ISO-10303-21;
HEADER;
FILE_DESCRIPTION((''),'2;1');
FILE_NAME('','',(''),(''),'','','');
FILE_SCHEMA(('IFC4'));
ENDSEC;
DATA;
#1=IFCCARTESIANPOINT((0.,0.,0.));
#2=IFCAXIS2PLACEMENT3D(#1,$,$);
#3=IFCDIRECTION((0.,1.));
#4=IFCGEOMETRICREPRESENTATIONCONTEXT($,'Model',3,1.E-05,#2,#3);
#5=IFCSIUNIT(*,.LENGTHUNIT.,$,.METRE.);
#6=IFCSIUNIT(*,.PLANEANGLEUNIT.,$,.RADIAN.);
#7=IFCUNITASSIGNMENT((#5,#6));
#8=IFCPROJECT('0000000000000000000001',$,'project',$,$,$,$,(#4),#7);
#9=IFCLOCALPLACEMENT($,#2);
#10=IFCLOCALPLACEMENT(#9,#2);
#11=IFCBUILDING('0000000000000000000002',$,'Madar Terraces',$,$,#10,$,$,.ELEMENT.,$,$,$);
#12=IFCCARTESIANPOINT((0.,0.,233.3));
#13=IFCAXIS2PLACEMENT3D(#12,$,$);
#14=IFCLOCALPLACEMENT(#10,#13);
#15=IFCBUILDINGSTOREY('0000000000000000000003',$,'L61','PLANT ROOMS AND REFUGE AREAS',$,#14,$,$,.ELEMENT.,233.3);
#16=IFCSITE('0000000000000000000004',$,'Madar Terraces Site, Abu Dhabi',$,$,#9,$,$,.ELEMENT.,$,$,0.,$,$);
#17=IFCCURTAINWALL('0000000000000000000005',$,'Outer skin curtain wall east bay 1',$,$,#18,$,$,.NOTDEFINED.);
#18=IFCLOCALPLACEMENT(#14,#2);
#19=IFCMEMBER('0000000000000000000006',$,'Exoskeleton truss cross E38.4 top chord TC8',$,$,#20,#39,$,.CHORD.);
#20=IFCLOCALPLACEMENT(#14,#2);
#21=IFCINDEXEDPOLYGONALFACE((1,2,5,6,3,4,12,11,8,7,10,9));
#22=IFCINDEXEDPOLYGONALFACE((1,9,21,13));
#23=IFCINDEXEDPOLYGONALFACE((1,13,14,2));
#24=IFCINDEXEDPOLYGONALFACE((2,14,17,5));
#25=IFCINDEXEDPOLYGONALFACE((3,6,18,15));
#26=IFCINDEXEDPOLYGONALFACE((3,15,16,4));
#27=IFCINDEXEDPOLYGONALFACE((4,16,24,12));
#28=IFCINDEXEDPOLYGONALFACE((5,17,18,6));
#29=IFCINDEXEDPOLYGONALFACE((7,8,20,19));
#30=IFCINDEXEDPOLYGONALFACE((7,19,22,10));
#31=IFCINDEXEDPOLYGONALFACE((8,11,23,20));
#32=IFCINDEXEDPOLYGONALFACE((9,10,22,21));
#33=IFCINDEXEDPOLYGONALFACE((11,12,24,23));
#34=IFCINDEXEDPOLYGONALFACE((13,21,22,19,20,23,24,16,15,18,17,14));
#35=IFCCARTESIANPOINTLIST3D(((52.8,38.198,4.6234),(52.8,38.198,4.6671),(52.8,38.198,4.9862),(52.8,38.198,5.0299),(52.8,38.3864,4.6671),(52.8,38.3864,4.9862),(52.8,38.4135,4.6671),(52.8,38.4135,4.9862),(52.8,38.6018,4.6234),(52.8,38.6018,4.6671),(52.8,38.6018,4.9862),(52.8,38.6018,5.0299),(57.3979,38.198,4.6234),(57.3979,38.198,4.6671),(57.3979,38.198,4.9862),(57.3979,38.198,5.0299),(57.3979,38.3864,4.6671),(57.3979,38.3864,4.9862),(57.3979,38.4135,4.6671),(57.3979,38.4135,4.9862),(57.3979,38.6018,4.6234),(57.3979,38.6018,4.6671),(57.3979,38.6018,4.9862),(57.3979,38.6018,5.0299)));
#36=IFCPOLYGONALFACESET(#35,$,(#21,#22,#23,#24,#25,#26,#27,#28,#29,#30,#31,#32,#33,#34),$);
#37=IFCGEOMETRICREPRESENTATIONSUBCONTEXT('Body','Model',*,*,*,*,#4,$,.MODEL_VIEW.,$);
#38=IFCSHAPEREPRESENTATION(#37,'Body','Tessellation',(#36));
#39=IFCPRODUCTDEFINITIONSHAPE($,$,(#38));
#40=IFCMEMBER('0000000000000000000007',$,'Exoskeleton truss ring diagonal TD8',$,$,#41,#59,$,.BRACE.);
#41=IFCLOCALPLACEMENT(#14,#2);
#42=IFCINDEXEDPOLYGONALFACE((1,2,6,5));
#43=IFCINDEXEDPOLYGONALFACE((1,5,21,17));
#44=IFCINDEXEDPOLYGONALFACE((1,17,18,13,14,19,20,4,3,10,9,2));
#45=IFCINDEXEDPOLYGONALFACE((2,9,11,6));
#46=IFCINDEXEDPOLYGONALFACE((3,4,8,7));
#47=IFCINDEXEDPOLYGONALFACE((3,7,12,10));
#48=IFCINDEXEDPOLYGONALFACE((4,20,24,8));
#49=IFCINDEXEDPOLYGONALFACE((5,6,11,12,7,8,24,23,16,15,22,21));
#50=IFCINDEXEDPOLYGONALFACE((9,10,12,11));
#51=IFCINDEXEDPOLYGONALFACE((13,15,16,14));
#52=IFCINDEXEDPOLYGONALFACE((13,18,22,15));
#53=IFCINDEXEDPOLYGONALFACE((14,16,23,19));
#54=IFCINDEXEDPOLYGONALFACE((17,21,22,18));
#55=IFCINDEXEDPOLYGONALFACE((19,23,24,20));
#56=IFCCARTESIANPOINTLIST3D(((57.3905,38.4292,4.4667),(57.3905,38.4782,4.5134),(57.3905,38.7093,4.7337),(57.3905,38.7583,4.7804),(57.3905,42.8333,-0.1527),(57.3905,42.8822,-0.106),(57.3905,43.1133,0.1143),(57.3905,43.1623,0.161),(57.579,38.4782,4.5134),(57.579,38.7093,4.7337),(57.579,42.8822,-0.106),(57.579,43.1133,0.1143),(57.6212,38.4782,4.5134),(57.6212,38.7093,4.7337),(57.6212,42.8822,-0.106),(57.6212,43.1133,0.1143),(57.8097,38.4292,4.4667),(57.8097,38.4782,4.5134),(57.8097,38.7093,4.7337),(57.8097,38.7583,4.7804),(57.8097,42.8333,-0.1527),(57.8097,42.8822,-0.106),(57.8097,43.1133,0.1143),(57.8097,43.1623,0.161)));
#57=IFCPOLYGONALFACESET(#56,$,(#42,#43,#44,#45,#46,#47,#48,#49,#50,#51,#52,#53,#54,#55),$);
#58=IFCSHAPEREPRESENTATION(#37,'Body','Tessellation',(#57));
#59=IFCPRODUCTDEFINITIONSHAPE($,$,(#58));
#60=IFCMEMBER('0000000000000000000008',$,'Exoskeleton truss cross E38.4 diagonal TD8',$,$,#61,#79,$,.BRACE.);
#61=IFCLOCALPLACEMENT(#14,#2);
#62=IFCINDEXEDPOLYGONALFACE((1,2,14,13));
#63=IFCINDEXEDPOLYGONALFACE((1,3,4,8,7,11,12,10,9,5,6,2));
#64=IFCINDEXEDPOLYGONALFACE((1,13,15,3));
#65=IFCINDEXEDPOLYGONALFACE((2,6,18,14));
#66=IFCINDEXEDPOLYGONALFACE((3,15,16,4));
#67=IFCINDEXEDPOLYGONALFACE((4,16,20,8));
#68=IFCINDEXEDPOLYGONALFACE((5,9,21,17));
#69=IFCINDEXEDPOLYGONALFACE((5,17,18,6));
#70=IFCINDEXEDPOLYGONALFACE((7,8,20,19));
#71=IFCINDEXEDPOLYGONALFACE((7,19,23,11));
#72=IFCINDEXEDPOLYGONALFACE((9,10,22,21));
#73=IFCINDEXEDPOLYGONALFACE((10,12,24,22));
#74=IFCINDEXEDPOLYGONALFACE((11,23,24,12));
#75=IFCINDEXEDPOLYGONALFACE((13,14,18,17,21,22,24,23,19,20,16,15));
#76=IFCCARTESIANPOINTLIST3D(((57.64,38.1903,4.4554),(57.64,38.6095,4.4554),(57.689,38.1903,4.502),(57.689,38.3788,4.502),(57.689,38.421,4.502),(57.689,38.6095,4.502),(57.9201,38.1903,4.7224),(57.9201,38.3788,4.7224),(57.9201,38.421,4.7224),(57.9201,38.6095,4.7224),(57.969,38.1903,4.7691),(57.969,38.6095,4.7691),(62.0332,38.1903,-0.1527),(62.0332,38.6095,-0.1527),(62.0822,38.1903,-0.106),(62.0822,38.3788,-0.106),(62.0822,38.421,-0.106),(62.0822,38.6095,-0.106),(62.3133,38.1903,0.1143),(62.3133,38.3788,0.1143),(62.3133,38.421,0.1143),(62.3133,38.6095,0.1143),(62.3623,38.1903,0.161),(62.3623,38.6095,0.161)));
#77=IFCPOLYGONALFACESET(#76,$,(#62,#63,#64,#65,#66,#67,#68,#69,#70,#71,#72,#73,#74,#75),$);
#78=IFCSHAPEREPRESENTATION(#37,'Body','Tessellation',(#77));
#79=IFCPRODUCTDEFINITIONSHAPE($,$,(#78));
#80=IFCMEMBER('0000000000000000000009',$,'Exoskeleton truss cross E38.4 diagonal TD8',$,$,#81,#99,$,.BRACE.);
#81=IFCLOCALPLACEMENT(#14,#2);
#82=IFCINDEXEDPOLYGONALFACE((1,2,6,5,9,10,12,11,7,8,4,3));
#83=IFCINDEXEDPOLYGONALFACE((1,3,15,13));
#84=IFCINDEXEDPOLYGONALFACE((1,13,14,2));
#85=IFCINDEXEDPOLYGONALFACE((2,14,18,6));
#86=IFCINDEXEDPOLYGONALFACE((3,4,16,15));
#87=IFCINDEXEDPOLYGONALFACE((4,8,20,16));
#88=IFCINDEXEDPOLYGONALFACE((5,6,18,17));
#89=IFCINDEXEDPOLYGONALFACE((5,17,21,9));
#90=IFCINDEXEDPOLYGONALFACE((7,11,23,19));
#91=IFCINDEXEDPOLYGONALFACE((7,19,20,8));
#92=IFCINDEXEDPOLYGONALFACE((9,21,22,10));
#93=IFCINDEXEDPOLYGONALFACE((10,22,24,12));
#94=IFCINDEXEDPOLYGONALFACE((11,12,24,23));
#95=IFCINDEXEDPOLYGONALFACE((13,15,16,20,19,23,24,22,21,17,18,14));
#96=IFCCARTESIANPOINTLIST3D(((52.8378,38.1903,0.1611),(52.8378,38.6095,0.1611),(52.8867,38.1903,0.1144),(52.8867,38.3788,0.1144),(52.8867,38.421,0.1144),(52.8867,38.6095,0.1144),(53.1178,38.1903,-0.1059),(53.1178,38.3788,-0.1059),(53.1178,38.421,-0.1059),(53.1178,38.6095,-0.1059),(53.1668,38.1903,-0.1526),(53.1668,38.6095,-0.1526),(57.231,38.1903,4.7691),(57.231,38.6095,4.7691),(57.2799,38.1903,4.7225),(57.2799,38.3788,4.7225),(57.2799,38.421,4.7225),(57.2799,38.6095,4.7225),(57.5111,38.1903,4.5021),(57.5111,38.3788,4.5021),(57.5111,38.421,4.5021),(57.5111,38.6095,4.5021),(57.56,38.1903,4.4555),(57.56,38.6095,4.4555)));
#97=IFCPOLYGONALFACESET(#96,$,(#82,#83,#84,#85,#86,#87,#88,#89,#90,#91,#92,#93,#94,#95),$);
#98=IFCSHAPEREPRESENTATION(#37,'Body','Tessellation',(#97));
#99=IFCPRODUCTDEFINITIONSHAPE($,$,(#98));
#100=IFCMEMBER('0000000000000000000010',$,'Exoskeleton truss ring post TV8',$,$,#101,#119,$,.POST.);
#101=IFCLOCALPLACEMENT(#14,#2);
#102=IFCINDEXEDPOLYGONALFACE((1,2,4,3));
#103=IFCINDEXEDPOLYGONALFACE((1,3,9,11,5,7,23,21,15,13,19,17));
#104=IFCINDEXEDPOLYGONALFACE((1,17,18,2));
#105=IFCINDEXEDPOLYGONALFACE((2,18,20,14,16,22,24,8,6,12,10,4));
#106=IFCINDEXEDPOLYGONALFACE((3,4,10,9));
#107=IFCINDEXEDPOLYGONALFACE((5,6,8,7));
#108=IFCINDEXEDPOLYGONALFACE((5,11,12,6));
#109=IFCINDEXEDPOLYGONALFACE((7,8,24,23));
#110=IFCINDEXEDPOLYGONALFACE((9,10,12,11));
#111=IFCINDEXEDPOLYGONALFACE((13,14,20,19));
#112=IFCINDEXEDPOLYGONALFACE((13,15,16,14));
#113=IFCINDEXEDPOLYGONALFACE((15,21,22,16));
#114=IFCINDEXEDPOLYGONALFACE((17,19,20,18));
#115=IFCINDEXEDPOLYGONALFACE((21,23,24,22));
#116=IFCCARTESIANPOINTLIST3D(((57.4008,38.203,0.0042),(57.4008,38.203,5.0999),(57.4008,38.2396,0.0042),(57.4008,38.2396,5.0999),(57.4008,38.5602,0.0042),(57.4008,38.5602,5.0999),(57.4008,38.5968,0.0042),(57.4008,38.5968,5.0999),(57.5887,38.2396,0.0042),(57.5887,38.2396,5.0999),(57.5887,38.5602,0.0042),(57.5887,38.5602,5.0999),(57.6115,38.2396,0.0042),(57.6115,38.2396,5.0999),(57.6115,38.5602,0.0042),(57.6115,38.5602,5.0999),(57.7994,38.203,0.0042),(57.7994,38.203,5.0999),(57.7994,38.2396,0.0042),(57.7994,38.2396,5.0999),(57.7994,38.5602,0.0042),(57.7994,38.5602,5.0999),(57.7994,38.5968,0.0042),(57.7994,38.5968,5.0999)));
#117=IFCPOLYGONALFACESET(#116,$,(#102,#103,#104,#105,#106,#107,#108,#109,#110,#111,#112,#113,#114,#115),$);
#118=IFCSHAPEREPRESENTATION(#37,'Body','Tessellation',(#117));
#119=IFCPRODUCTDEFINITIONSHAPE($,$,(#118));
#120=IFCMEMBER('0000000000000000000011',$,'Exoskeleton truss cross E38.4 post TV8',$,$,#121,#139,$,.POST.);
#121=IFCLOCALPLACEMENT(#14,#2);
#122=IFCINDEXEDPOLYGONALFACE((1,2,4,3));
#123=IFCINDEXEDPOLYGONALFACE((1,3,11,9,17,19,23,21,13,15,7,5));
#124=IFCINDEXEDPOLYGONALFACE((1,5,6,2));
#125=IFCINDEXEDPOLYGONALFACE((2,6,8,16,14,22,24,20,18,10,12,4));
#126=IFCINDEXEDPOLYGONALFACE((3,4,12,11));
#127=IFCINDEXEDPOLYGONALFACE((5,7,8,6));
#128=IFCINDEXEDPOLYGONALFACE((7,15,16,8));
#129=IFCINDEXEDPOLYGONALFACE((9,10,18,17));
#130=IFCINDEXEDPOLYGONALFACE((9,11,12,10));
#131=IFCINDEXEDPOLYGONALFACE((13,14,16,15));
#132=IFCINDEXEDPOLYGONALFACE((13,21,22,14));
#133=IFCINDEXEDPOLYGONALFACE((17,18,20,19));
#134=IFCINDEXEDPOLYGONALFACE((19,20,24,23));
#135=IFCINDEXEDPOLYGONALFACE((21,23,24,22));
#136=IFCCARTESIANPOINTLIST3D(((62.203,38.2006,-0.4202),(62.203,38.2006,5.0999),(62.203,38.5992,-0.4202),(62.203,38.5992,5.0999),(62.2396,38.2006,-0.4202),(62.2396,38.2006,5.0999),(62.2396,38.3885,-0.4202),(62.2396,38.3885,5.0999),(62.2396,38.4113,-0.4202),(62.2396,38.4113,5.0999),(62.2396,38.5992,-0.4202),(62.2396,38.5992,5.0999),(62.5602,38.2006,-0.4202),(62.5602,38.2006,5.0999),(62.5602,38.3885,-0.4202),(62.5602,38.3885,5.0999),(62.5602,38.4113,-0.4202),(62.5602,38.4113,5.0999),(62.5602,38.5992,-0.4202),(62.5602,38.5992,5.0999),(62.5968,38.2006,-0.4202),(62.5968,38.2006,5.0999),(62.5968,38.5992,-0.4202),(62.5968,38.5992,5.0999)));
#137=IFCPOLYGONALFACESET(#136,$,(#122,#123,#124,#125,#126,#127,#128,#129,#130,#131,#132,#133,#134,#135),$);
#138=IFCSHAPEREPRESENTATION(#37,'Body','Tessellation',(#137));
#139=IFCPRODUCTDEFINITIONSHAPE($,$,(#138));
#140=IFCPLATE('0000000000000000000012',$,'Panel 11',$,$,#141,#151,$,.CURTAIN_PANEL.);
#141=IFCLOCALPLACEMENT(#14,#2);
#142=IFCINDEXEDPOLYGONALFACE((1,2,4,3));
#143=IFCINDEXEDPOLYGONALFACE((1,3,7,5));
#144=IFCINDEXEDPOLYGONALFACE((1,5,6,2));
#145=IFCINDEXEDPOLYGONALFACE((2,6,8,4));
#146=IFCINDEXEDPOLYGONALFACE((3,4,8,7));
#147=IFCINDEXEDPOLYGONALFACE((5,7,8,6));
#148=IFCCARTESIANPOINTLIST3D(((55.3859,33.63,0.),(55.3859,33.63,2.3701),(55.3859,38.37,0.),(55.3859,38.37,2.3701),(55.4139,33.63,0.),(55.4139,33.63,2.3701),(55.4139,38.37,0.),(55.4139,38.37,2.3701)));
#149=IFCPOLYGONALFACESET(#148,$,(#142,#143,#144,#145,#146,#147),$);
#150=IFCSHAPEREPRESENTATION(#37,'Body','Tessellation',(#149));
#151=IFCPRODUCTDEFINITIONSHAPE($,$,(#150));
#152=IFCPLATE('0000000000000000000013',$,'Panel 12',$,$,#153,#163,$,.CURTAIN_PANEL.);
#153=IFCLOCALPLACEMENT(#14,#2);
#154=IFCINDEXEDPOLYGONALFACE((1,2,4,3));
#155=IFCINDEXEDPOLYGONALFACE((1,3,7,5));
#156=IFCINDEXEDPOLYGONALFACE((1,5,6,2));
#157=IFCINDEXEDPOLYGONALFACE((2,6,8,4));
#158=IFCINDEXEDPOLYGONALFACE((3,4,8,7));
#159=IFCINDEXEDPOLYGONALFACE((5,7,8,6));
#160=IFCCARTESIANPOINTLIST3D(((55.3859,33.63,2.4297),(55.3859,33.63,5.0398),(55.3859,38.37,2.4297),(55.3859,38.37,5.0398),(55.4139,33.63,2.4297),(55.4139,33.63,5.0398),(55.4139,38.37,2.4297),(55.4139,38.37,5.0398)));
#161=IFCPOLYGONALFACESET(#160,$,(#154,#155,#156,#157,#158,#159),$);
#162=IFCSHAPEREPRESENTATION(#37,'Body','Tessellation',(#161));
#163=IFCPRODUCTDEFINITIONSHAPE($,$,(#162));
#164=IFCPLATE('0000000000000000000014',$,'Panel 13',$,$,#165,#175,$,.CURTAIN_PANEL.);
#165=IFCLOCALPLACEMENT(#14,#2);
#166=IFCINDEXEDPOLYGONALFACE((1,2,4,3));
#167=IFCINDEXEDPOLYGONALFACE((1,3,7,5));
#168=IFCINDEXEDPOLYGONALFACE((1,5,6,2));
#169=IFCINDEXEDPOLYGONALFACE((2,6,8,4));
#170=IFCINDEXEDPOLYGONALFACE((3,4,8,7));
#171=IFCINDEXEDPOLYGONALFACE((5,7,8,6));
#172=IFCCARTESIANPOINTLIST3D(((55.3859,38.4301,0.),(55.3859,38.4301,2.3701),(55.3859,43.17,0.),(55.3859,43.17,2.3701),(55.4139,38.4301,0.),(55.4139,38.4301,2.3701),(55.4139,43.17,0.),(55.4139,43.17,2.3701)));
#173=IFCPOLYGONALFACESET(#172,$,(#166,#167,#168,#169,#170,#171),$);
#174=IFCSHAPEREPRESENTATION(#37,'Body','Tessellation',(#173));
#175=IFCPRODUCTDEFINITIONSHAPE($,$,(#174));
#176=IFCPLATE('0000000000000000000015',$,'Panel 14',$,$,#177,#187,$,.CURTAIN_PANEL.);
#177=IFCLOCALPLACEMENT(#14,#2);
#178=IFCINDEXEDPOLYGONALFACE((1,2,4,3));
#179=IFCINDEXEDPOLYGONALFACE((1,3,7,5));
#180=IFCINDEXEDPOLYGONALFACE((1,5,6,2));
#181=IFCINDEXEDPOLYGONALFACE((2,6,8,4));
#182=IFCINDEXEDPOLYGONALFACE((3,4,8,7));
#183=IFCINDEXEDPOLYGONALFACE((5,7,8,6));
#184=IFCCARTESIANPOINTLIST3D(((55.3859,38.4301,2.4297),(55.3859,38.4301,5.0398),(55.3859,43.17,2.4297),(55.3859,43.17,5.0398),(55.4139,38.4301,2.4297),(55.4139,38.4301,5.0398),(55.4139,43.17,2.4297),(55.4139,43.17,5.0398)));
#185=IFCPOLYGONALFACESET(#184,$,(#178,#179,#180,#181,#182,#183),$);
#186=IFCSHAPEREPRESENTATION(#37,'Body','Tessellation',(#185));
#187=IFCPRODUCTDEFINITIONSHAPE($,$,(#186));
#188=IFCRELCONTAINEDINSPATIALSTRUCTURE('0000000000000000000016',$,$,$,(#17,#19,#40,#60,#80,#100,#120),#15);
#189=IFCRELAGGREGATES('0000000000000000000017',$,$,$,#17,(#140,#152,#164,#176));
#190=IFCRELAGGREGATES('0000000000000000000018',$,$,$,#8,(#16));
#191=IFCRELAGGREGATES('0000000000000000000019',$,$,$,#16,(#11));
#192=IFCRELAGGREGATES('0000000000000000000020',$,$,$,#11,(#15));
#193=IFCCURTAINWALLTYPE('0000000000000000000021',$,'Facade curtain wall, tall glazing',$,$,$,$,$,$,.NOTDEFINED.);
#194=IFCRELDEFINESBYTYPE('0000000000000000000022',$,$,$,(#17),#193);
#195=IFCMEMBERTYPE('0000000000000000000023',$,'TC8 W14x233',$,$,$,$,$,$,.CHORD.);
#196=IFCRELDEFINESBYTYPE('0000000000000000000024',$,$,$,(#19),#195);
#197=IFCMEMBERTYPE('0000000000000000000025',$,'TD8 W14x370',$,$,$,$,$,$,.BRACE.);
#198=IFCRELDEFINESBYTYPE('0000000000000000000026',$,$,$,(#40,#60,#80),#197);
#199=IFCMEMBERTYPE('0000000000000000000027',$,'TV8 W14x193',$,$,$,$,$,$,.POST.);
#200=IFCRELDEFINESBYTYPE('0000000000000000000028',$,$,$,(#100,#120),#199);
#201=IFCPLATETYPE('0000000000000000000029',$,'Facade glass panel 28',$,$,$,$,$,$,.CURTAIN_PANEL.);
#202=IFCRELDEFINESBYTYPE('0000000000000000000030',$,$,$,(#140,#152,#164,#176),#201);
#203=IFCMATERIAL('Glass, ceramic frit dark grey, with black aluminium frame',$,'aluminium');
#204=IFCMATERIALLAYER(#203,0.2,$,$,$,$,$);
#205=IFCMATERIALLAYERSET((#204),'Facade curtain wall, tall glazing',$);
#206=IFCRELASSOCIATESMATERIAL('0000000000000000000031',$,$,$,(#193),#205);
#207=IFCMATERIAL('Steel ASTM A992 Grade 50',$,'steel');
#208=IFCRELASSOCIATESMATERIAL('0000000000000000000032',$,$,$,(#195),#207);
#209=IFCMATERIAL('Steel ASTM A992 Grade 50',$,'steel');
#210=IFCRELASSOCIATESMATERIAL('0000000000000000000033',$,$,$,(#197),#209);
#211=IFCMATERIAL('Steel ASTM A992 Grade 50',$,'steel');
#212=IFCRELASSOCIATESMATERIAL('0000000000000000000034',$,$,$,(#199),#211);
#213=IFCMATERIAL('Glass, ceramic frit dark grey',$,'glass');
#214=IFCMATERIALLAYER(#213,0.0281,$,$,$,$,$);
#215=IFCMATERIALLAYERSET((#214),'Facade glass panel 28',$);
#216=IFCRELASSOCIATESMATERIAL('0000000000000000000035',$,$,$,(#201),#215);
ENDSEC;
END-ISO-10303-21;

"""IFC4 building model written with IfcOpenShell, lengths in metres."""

from ifc_helpers import new_model, si_unit, direction, frame, origin, origin_2d, place, context, subcontext, project, spatial, rectangle, i_section, extrude, material, layer, layer_set, material_profile, profile_set, type_object, element, aggregate, save


model = new_model("IFC4")

# Units and contexts
model_context = context("Model", 3, precision=1e-05, world=origin(), true_north=direction((0.0, 1.0)))
body_context = subcontext(model_context, "Body", "Model", "MODEL_VIEW")
ifc_project = project(units=[si_unit("LENGTHUNIT", "METRE"), si_unit("PLANEANGLEUNIT", "RADIAN")], contexts=[model_context])

# Site, building, storey
site_placement = place(None, origin())
site = spatial("IfcSite", under=ifc_project, at=site_placement, Name="Madar Terraces Site, Abu Dhabi", CompositionType="ELEMENT", RefElevation=0.0)
building_placement = place(site_placement, origin())
building = spatial("IfcBuilding", under=site, at=building_placement, Name="Madar Terraces", CompositionType="ELEMENT")
storey_placement = place(building_placement, frame((0.0, 0.0, 233.3)))
storey = spatial("IfcBuildingStorey", under=building, at=storey_placement, Name="L61", Description="PLANT ROOMS AND REFUGE AREAS", CompositionType="ELEMENT", Elevation=233.3)

# Curtain wall
ifc_material_1 = material(Name="Glass, ceramic frit dark grey, with black aluminium frame", Category="aluminium")
ifc_layer_1 = layer(ifc_material_1, 0.2)
ifc_layer_set_1 = layer_set([ifc_layer_1], Name="Facade curtain wall, tall glazing")
curtain_wall_type = type_object("IfcCurtainWallType", Name="Facade curtain wall, tall glazing", PredefinedType="NOTDEFINED", material=ifc_layer_set_1)
curtain_wall_placement = place(storey_placement, origin())
curtain_wall = element("IfcCurtainWall", 1, at=curtain_wall_placement, inside=storey, type_object=curtain_wall_type, Name="Outer skin curtain wall east bay 1", PredefinedType="NOTDEFINED")

# Members
ifc_material_2 = material(Name="Steel ASTM A992 Grade 50", Category="steel")
ifc_material_profile_1 = material_profile(ifc_material_2, i_section(OverallWidth=0.4038, OverallDepth=0.4065, WebThickness=0.0271, FlangeThickness=0.0437, at=origin_2d()), Name="W14x233")
ifc_profile_set_1 = profile_set([ifc_material_profile_1], Name="Steel ASTM A992 Grade 50")
member_type_1 = type_object("IfcMemberType", Name="TC8 W14x233", PredefinedType="CHORD", material=ifc_profile_set_1)
for number, where, z_axis, x_axis, name in (
    (2, (57.3979, 38.3999, 4.8267), (-1.0, 0.0, 0.0), (0.0, -1.0, 0.0), "Exoskeleton truss cross E38.4 top chord TC8"),
):
    element("IfcMember", number, at=place(storey_placement, frame(where, z_axis=z_axis, x_axis=x_axis)), inside=storey, type_object=member_type_1, Name=name, PredefinedType="CHORD", context=body_context, shape_type="SweptSolid", body=[
        extrude(i_section(OverallWidth=0.4038, OverallDepth=0.4065, WebThickness=0.0271, FlangeThickness=0.0437, at=origin_2d()), origin(), (0.0, 0.0, 1.0), 4.5979),
    ])
ifc_material_3 = material(Name="Steel ASTM A992 Grade 50", Category="steel")
ifc_material_profile_2 = material_profile(ifc_material_3, i_section(OverallWidth=0.4192, OverallDepth=0.4546, WebThickness=0.0422, FlangeThickness=0.0676, at=origin_2d()), Name="W14x370")
ifc_profile_set_2 = profile_set([ifc_material_profile_2], Name="Steel ASTM A992 Grade 50")
member_type_2 = type_object("IfcMemberType", Name="TD8 W14x370", PredefinedType="BRACE", material=ifc_profile_set_2)
member_1_placement = place(storey_placement, frame((57.6001, 38.5938, 4.6235), z_axis=(0.0, 0.690036, -0.723775), x_axis=(-1.0, 0.0, 0.0)))
element("IfcMember", 3, at=member_1_placement, inside=storey, type_object=member_type_2, Name="Exoskeleton truss ring diagonal TD8", PredefinedType="BRACE", context=body_context, shape_type="SweptSolid", body=[
    extrude(i_section(OverallWidth=0.4192, OverallDepth=0.4546, WebThickness=0.0422, FlangeThickness=0.0676, at=origin_2d()), origin(), (0.0, 0.0, 1.0), 6.3823),
])
for number, where, z_axis, x_axis, name in (
    (4, (62.1978, 38.3999, 0.0042), (-0.690033, 0.0, 0.723778), (0.0, -1.0, 0.0), "Exoskeleton truss cross E38.4 diagonal TD8"),
    (5, (57.3955, 38.3999, 4.6123), (-0.690033, 0.0, -0.723778), (0.0, -1.0, 0.0), "Exoskeleton truss cross E38.4 diagonal TD8"),
):
    element("IfcMember", number, at=place(storey_placement, frame(where, z_axis=z_axis, x_axis=x_axis)), inside=storey, type_object=member_type_2, Name=name, PredefinedType="BRACE", context=body_context, shape_type="SweptSolid", body=[
        extrude(i_section(OverallWidth=0.4192, OverallDepth=0.4546, WebThickness=0.0422, FlangeThickness=0.0676, at=origin_2d()), origin(), (0.0, 0.0, 1.0), 6.3667),
    ])
ifc_material_4 = material(Name="Steel ASTM A992 Grade 50", Category="steel")
ifc_material_profile_3 = material_profile(ifc_material_4, i_section(OverallWidth=0.3987, OverallDepth=0.3938, WebThickness=0.0227, FlangeThickness=0.0366, at=origin_2d()), Name="W14x193")
ifc_profile_set_3 = profile_set([ifc_material_profile_3], Name="Steel ASTM A992 Grade 50")
member_type_3 = type_object("IfcMemberType", Name="TV8 W14x193", PredefinedType="POST", material=ifc_profile_set_3)
member_2_placement = place(storey_placement, frame((57.6001, 38.3999, 0.0042), z_axis=(0.0, 0.0, 1.0), x_axis=(-1.0, 0.0, 0.0)))
element("IfcMember", 6, at=member_2_placement, inside=storey, type_object=member_type_3, Name="Exoskeleton truss ring post TV8", PredefinedType="POST", context=body_context, shape_type="SweptSolid", body=[
    extrude(i_section(OverallWidth=0.3987, OverallDepth=0.3938, WebThickness=0.0227, FlangeThickness=0.0366, at=origin_2d()), origin(), (0.0, 0.0, 1.0), 5.0957),
])
member_3_placement = place(storey_placement, frame((62.3999, 38.3999, -0.4202), z_axis=(0.0, 0.0, 1.0), x_axis=(0.0, 1.0, 0.0)))
element("IfcMember", 7, at=member_3_placement, inside=storey, type_object=member_type_3, Name="Exoskeleton truss cross E38.4 post TV8", PredefinedType="POST", context=body_context, shape_type="SweptSolid", body=[
    extrude(i_section(OverallWidth=0.3987, OverallDepth=0.3938, WebThickness=0.0227, FlangeThickness=0.0366, at=origin_2d()), origin(), (0.0, 0.0, 1.0), 5.52),
])

# Plates
ifc_material_5 = material(Name="Glass, ceramic frit dark grey", Category="glass")
ifc_layer_2 = layer(ifc_material_5, 0.0281)
ifc_layer_set_2 = layer_set([ifc_layer_2], Name="Facade glass panel 28")
plate_type = type_object("IfcPlateType", Name="Facade glass panel 28", PredefinedType="CURTAIN_PANEL", material=ifc_layer_set_2)
plate_1_placement = place(storey_placement, frame((55.3999, 36.0, 0.0), z_axis=(0.0, 0.0, 1.0), x_axis=(0.0, 1.0, 0.0)))
plate_1 = element("IfcPlate", 8, at=plate_1_placement, type_object=plate_type, Name="Panel 11", PredefinedType="CURTAIN_PANEL", context=body_context, shape_type="SweptSolid", body=[
    extrude(rectangle(XDim=4.74, YDim=0.0281, at=origin_2d()), origin(), (0.0, 0.0, 1.0), 2.3701),
])
plate_2_placement = place(storey_placement, frame((55.3999, 36.0, 2.4297), z_axis=(0.0, 0.0, 1.0), x_axis=(0.0, 1.0, 0.0)))
plate_2 = element("IfcPlate", 9, at=plate_2_placement, type_object=plate_type, Name="Panel 12", PredefinedType="CURTAIN_PANEL", context=body_context, shape_type="SweptSolid", body=[
    extrude(rectangle(XDim=4.74, YDim=0.0281, at=origin_2d()), origin(), (0.0, 0.0, 1.0), 2.6101),
])
plate_3_placement = place(storey_placement, frame((55.3999, 40.8, 0.0), z_axis=(0.0, 0.0, 1.0), x_axis=(0.0, 1.0, 0.0)))
plate_3 = element("IfcPlate", 10, at=plate_3_placement, type_object=plate_type, Name="Panel 13", PredefinedType="CURTAIN_PANEL", context=body_context, shape_type="SweptSolid", body=[
    extrude(rectangle(XDim=4.74, YDim=0.0281, at=origin_2d()), origin(), (0.0, 0.0, 1.0), 2.3701),
])
plate_4_placement = place(storey_placement, frame((55.3999, 40.8, 2.4297), z_axis=(0.0, 0.0, 1.0), x_axis=(0.0, 1.0, 0.0)))
plate_4 = element("IfcPlate", 11, at=plate_4_placement, type_object=plate_type, Name="Panel 14", PredefinedType="CURTAIN_PANEL", context=body_context, shape_type="SweptSolid", body=[
    extrude(rectangle(XDim=4.74, YDim=0.0281, at=origin_2d()), origin(), (0.0, 0.0, 1.0), 2.6101),
])
aggregate(curtain_wall, [plate_1, plate_2, plate_3, plate_4])

save(model, "model.ifc")
